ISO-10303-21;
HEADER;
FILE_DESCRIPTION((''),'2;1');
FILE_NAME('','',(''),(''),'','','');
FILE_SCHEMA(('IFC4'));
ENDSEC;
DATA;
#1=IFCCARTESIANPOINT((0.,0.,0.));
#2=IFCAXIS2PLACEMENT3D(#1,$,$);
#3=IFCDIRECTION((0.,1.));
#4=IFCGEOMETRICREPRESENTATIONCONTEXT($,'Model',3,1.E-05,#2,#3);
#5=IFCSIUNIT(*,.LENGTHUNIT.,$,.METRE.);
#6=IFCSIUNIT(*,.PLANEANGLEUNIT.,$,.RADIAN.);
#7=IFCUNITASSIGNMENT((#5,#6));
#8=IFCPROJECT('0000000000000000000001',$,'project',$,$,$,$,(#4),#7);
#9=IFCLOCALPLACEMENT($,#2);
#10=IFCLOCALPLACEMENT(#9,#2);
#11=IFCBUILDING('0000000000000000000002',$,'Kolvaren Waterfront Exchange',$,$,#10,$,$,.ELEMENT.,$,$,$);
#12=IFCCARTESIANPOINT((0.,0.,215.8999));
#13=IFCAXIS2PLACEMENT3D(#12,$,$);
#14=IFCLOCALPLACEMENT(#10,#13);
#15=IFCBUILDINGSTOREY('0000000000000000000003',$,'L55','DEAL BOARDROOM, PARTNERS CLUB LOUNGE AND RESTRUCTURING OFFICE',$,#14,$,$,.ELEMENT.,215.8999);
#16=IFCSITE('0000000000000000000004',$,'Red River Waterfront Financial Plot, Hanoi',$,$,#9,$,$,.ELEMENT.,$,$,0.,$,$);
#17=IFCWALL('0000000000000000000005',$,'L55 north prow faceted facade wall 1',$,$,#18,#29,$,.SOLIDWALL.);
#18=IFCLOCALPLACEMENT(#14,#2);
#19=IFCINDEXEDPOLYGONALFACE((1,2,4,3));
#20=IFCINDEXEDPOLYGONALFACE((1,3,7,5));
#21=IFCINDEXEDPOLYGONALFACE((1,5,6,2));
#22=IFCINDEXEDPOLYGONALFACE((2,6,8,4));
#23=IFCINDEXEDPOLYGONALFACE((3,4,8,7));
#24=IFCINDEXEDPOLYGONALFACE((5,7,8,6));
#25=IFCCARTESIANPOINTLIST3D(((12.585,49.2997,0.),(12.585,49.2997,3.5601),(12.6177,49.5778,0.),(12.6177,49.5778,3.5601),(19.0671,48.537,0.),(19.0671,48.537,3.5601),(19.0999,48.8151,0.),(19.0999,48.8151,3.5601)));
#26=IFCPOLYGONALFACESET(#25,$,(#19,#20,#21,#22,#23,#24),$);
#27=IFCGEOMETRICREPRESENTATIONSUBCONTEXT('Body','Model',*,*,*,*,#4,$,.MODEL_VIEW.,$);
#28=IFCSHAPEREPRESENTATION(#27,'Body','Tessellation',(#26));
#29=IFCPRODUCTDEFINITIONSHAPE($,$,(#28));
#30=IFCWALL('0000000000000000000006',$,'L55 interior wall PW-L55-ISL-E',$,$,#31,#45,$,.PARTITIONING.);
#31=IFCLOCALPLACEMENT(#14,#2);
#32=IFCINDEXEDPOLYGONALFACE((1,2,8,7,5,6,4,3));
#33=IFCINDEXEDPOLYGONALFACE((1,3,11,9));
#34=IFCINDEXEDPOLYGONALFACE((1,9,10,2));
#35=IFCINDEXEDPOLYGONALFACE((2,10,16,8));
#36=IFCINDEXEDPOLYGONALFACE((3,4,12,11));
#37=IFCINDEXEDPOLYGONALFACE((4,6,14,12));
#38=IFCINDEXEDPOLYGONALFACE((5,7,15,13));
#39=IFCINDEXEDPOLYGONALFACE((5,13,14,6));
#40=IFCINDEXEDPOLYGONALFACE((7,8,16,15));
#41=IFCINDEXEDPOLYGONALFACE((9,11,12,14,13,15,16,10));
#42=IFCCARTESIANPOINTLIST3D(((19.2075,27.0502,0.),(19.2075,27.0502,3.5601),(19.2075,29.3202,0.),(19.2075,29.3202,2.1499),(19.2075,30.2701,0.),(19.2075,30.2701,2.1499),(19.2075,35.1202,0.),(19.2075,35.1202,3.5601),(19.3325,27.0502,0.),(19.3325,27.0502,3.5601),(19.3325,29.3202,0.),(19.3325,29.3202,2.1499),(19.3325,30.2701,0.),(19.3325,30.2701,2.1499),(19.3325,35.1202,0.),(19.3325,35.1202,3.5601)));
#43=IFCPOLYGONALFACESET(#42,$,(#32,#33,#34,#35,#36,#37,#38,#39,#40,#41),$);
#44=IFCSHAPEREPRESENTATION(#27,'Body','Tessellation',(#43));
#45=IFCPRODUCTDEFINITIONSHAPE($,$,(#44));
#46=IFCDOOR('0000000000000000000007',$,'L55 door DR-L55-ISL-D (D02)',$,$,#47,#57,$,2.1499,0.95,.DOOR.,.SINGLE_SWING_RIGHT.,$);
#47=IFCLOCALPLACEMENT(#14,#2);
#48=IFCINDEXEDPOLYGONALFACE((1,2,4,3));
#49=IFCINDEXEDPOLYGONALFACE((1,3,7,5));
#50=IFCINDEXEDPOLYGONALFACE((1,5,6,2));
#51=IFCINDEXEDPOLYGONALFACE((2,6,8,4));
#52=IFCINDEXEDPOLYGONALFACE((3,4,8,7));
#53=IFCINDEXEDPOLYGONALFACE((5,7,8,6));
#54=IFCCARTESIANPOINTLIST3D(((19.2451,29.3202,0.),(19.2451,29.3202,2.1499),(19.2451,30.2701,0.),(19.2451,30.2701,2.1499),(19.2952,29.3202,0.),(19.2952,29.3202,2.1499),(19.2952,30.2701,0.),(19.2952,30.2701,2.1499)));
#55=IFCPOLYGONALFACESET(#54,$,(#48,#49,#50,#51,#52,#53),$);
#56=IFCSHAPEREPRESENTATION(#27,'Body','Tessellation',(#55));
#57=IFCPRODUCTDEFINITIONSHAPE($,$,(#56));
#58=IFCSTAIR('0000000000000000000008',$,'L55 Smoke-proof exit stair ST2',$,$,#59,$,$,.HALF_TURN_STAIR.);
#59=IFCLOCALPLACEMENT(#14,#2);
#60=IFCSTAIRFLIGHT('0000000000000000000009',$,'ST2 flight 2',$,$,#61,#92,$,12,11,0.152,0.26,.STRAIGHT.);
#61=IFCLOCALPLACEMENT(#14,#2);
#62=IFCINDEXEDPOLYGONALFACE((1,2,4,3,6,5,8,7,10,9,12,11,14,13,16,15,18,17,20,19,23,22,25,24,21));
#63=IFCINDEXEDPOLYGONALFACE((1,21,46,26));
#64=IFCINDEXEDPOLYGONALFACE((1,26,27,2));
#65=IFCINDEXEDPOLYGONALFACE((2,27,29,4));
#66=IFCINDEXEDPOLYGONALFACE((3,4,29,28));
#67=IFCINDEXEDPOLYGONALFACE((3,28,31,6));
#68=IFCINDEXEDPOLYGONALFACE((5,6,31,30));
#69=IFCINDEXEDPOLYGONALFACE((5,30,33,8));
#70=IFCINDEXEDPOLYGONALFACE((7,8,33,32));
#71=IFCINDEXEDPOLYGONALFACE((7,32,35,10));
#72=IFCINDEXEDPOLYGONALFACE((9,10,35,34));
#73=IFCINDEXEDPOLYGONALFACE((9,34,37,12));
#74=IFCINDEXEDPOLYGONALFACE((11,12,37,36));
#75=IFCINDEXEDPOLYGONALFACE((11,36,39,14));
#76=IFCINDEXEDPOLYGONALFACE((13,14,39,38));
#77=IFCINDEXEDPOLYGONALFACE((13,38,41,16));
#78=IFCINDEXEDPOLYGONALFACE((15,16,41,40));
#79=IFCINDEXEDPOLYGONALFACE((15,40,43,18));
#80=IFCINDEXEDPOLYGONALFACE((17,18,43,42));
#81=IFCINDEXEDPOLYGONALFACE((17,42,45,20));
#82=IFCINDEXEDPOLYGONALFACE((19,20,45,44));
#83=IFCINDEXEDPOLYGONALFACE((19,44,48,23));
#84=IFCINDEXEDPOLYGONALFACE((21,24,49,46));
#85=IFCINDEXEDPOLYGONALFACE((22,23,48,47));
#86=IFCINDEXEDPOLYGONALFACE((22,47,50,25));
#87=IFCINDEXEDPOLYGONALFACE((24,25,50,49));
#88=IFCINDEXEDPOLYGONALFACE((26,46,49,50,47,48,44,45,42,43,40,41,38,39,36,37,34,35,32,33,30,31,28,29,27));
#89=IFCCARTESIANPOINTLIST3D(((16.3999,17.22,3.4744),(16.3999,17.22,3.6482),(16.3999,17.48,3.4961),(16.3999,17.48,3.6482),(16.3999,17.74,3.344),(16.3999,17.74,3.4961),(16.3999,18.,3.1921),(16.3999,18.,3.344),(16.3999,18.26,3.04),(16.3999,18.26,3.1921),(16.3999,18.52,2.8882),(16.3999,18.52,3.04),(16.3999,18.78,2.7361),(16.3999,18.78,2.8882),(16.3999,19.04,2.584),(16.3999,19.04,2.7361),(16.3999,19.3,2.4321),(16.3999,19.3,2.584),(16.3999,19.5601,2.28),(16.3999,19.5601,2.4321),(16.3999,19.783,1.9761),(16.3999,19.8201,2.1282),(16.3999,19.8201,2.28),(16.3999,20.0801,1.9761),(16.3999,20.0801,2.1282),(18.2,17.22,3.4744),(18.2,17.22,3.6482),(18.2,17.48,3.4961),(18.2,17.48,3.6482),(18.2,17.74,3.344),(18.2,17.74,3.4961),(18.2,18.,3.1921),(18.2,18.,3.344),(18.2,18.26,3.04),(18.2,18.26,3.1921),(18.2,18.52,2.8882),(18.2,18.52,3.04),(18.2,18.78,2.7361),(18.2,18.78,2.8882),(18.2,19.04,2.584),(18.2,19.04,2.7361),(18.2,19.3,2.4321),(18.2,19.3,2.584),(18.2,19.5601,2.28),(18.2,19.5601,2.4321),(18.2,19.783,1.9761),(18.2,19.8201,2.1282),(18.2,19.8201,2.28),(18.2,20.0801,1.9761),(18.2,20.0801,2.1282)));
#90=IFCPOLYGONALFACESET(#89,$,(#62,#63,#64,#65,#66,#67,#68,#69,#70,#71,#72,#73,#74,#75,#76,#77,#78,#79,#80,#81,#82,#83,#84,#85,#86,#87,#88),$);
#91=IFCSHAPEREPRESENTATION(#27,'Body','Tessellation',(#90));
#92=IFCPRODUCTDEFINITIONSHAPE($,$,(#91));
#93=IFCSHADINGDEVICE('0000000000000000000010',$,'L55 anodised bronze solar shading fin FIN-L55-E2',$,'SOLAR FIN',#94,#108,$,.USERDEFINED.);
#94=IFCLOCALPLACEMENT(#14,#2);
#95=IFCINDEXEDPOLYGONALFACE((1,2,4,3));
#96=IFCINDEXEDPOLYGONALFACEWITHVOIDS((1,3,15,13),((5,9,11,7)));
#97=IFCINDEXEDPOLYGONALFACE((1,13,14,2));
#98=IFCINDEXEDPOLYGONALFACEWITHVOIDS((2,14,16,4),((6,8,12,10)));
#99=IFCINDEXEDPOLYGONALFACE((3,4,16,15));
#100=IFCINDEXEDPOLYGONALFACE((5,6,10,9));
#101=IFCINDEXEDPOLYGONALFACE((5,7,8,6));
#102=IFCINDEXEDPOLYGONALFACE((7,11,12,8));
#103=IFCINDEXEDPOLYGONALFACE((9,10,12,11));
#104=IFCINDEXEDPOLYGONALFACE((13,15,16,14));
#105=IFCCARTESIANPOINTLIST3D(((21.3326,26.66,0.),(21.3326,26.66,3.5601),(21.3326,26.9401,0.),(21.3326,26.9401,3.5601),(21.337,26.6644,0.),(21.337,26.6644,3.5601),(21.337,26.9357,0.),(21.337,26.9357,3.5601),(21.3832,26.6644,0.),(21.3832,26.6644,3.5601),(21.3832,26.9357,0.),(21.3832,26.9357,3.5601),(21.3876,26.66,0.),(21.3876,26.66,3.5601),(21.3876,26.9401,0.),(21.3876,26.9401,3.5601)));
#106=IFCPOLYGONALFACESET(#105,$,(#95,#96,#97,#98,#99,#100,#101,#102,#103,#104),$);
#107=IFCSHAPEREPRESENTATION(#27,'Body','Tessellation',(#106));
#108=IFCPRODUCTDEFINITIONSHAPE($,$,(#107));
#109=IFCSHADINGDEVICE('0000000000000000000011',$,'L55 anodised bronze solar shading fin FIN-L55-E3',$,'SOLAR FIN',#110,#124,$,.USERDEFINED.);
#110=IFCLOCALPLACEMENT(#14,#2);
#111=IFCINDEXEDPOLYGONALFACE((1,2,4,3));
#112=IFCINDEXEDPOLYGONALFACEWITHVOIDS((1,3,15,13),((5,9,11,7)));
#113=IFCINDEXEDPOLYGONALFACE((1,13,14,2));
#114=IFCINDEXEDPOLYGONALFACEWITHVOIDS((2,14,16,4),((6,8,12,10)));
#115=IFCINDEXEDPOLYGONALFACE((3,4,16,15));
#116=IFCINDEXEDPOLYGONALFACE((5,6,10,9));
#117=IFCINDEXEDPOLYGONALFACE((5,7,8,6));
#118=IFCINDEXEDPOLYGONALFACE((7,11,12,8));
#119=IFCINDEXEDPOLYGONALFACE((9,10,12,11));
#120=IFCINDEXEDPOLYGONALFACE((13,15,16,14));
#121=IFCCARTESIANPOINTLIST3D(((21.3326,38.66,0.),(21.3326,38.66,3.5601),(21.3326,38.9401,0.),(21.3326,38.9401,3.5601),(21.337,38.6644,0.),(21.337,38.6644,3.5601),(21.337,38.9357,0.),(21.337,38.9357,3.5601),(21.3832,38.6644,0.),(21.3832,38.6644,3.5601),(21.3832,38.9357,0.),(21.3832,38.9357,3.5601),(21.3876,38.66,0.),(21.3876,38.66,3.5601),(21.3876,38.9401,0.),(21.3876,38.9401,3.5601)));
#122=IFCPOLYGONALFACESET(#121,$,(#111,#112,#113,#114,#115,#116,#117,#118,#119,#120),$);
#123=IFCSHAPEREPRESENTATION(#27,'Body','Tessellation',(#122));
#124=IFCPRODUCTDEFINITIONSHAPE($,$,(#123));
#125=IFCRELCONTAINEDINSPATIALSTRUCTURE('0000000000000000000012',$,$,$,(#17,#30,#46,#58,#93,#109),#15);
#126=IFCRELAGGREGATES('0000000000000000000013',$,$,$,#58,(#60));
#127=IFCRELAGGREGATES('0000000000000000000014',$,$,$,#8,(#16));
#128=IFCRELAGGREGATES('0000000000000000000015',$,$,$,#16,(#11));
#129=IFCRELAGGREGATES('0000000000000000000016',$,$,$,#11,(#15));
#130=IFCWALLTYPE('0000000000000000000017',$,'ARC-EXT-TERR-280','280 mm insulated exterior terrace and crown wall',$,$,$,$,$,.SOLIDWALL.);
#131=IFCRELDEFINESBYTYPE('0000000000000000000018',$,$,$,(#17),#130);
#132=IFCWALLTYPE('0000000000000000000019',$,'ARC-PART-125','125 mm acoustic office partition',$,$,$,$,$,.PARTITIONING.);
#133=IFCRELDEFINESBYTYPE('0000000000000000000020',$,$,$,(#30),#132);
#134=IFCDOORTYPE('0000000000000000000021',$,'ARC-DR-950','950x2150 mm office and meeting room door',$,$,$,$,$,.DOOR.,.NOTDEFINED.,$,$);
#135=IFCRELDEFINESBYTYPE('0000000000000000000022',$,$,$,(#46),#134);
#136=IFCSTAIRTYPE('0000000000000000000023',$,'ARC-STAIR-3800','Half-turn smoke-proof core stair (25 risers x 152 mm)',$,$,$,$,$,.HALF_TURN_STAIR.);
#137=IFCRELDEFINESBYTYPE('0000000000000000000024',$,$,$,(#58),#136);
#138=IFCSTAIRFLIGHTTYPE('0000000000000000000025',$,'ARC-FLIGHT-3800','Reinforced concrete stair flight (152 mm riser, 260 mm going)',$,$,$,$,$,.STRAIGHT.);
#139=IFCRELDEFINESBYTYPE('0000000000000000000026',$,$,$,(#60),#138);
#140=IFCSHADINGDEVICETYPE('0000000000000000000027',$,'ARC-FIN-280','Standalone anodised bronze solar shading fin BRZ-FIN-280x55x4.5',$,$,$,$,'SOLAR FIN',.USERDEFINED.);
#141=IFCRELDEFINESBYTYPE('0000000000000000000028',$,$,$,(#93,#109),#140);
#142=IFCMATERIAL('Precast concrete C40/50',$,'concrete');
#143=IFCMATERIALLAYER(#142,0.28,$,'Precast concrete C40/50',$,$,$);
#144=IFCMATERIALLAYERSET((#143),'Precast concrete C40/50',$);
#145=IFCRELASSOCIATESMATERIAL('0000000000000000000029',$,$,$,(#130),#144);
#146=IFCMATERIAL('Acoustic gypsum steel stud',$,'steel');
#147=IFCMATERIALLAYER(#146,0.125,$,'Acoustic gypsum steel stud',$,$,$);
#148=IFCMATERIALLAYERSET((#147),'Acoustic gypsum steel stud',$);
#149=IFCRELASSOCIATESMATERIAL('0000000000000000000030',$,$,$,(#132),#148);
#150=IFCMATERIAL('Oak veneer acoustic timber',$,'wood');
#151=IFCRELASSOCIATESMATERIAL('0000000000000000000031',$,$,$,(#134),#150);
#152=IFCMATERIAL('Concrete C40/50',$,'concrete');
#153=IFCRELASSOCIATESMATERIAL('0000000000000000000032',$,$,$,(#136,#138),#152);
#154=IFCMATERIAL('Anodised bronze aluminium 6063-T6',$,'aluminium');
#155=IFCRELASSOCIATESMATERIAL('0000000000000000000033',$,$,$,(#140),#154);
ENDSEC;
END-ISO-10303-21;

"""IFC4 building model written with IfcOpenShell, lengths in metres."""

from ifc_helpers import new_model, si_unit, direction, frame, frame_2d, origin, origin_2d, place, context, subcontext, project, spatial, polyline, rectangle, hollow_rectangle, outline, extrude, material, layer, layer_set, material_profile, profile_set, type_object, element, fill, aggregate, save


model = new_model("IFC4")

# Units and contexts
model_context = context("Model", 3, precision=1e-05, world=origin(), true_north=direction((0.0, 1.0)))
body_context = subcontext(model_context, "Body", "Model", "MODEL_VIEW")
ifc_project = project(units=[si_unit("LENGTHUNIT", "METRE"), si_unit("PLANEANGLEUNIT", "RADIAN")], contexts=[model_context])

# Site, building, storey
site_placement = place(None, origin())
site = spatial("IfcSite", under=ifc_project, at=site_placement, Name="Red River Waterfront Financial Plot, Hanoi", CompositionType="ELEMENT", RefElevation=0.0)
building_placement = place(site_placement, origin())
building = spatial("IfcBuilding", under=site, at=building_placement, Name="Kolvaren Waterfront Exchange", CompositionType="ELEMENT")
storey_placement = place(building_placement, frame((0.0, 0.0, 215.8999)))
storey = spatial("IfcBuildingStorey", under=building, at=storey_placement, Name="L55", Description="DEAL BOARDROOM, PARTNERS CLUB LOUNGE AND RESTRUCTURING OFFICE", CompositionType="ELEMENT", Elevation=215.8999)

# Shared definitions
ifc_material_1 = material(Name="Anodised bronze aluminium 6063-T6", Category="aluminium")

# Wall
ifc_material_2 = material(Name="Precast concrete C40/50", Category="concrete")
ifc_layer_1 = layer(ifc_material_2, 0.28, Name="Precast concrete C40/50")
ifc_layer_set_1 = layer_set([ifc_layer_1], Name="Precast concrete C40/50")
wall_type_1 = type_object("IfcWallType", Name="ARC-EXT-TERR-280", Description="280 mm insulated exterior terrace and crown wall", PredefinedType="SOLIDWALL", material=ifc_layer_set_1)
wall_1_placement = place(storey_placement, frame((19.0835, 48.676, 0.0), z_axis=(0.0, 0.0, 1.0), x_axis=(-0.993149, 0.116854, 0.0)))
element("IfcWall", 1, at=wall_1_placement, inside=storey, type_object=wall_type_1, Name="L55 north prow faceted facade wall 1", PredefinedType="SOLIDWALL", context=body_context, shape_type="SweptSolid", body=[
    extrude(rectangle(XDim=6.5269, YDim=0.28, at=frame_2d((3.2634, 0.0))), origin(), (0.0, 0.0, 1.0), 3.5601),
])

# Wall, opening, door
ifc_material_3 = material(Name="Acoustic gypsum steel stud", Category="steel")
ifc_layer_2 = layer(ifc_material_3, 0.125, Name="Acoustic gypsum steel stud")
ifc_layer_set_2 = layer_set([ifc_layer_2], Name="Acoustic gypsum steel stud")
wall_type_2 = type_object("IfcWallType", Name="ARC-PART-125", Description="125 mm acoustic office partition", PredefinedType="PARTITIONING", material=ifc_layer_set_2)
wall_2_placement = place(storey_placement, frame((19.27, 27.05, 0.0), z_axis=(0.0, 0.0, 1.0), x_axis=(0.0, 1.0, 0.0)))
wall_2 = element("IfcWall", 2, at=wall_2_placement, inside=storey, type_object=wall_type_2, Name="L55 interior wall PW-L55-ISL-E", PredefinedType="PARTITIONING", context=body_context, shape_type="SweptSolid", body=[
    extrude(rectangle(XDim=8.0701, YDim=0.125, at=frame_2d((4.0352, 0.0))), origin(), (0.0, 0.0, 1.0), 3.5601),
])
opening_placement = place(wall_2_placement, frame((2.27, 0.0, 0.0)))
opening = element("IfcOpeningElement", 3, at=opening_placement, cuts=wall_2, PredefinedType="OPENING", context=body_context, shape_type="SweptSolid", body=[
    extrude(rectangle(XDim=0.95, YDim=2.1499, at=frame_2d((0.4751, 1.075))), frame((0.0, 0.0725, 0.0), z_axis=(0.0, -1.0, 0.0), x_axis=(1.0, 0.0, 0.0)), (0.0, 0.0, 1.0), 0.145),
])
ifc_material_4 = material(Name="Oak veneer acoustic timber", Category="wood")
door_type = type_object("IfcDoorType", Name="ARC-DR-950", Description="950x2150 mm office and meeting room door", OperationType="NOTDEFINED", PredefinedType="DOOR", material=ifc_material_4)
door_placement = place(opening_placement, origin())
door = element("IfcDoor", 4, at=door_placement, inside=storey, type_object=door_type, Name="L55 door DR-L55-ISL-D (D02)", OperationType="SINGLE_SWING_RIGHT", OverallHeight=2.1499, OverallWidth=0.95, PredefinedType="DOOR", context=body_context, shape_type="SweptSolid", body=[
    extrude(rectangle(XDim=0.95, YDim=2.1499, at=frame_2d((0.4751, 1.075))), frame((0.0, 0.0249, 0.0), z_axis=(0.0, -1.0, 0.0), x_axis=(1.0, 0.0, 0.0)), (0.0, 0.0, 1.0), 0.05),
])
fill(opening, door)

# Stair, stair flight
ifc_material_5 = material(Name="Concrete C40/50", Category="concrete")
stair_type = type_object("IfcStairType", Name="ARC-STAIR-3800", Description="Half-turn smoke-proof core stair (25 risers x 152 mm)", PredefinedType="HALF_TURN_STAIR", material=ifc_material_5)
stair_placement = place(storey_placement, origin())
stair = element("IfcStair", 5, at=stair_placement, inside=storey, type_object=stair_type, Name="L55 Smoke-proof exit stair ST2", PredefinedType="HALF_TURN_STAIR")
stair_flight_type = type_object("IfcStairFlightType", Name="ARC-FLIGHT-3800", Description="Reinforced concrete stair flight (152 mm riser, 260 mm going)", PredefinedType="STRAIGHT", material=ifc_material_5)
stair_flight_placement = place(storey_placement, frame((17.3, 20.0801, 1.9761), z_axis=(0.0, 0.0, 1.0), x_axis=(0.0, -1.0, 0.0)))
stair_flight = element("IfcStairFlight", 6, at=stair_flight_placement, type_object=stair_flight_type, Name="ST2 flight 2", NumberOfRisers=12, NumberOfTreads=11, PredefinedType="STRAIGHT", RiserHeight=0.152, TreadLength=0.26, context=body_context, shape_type="SweptSolid", body=[
    extrude(outline(polyline([(0.0, 0.0), (0.0, 0.1521), (0.26, 0.1521), (0.26, 0.304), (0.52, 0.304), (0.52, 0.4561), (0.78, 0.4561), (0.78, 0.6079), (1.04, 0.6079), (1.04, 0.76), (1.3, 0.76), (1.3, 0.9121), (1.5601, 0.9121), (1.5601, 1.064), (1.8201, 1.064), (1.8201, 1.2161), (2.0801, 1.2161), (2.0801, 1.3679), (2.3401, 1.3679), (2.3401, 1.52), (2.6001, 1.52), (2.6001, 1.6721), (2.8601, 1.6721), (2.8601, 1.824), (2.8601, 1.4983), (0.2971, 0.0), (0.0, 0.0)])), frame((0.0, 0.8999, 0.0), z_axis=(0.0, -1.0, 0.0), x_axis=(1.0, 0.0, 0.0)), (0.0, 0.0, 1.0), 1.8),
])
aggregate(stair, [stair_flight])

# Shading devices
ifc_material_profile_1 = material_profile(ifc_material_1, hollow_rectangle(XDim=0.0549, YDim=0.28, WallThickness=0.0044, at=origin_2d()), Name="BRZ-FIN-280x55x4.5")
ifc_profile_set_1 = profile_set([ifc_material_profile_1], Name="Anodised bronze aluminium 6063-T6")
shading_device_type = type_object("IfcShadingDeviceType", Name="ARC-FIN-280", Description="Standalone anodised bronze solar shading fin BRZ-FIN-280x55x4.5", ElementType="SOLAR FIN", PredefinedType="USERDEFINED", material=ifc_profile_set_1)
for number, where, z_axis, x_axis, name in (
    (7, (21.3601, 26.8, 0.0), (0.0, 0.0, 1.0), (1.0, 0.0, 0.0), "L55 anodised bronze solar shading fin FIN-L55-E2"),
    (8, (21.3601, 38.8, 0.0), (0.0, 0.0, 1.0), (1.0, 0.0, 0.0), "L55 anodised bronze solar shading fin FIN-L55-E3"),
):
    element("IfcShadingDevice", number, at=place(storey_placement, frame(where, z_axis=z_axis, x_axis=x_axis)), inside=storey, type_object=shading_device_type, Name=name, ObjectType="SOLAR FIN", PredefinedType="USERDEFINED", context=body_context, shape_type="SweptSolid", body=[
        extrude(hollow_rectangle(XDim=0.0549, YDim=0.28, WallThickness=0.0044, at=origin_2d()), origin(), (0.0, 0.0, 1.0), 3.5601),
    ])

save(model, "model.ifc")
